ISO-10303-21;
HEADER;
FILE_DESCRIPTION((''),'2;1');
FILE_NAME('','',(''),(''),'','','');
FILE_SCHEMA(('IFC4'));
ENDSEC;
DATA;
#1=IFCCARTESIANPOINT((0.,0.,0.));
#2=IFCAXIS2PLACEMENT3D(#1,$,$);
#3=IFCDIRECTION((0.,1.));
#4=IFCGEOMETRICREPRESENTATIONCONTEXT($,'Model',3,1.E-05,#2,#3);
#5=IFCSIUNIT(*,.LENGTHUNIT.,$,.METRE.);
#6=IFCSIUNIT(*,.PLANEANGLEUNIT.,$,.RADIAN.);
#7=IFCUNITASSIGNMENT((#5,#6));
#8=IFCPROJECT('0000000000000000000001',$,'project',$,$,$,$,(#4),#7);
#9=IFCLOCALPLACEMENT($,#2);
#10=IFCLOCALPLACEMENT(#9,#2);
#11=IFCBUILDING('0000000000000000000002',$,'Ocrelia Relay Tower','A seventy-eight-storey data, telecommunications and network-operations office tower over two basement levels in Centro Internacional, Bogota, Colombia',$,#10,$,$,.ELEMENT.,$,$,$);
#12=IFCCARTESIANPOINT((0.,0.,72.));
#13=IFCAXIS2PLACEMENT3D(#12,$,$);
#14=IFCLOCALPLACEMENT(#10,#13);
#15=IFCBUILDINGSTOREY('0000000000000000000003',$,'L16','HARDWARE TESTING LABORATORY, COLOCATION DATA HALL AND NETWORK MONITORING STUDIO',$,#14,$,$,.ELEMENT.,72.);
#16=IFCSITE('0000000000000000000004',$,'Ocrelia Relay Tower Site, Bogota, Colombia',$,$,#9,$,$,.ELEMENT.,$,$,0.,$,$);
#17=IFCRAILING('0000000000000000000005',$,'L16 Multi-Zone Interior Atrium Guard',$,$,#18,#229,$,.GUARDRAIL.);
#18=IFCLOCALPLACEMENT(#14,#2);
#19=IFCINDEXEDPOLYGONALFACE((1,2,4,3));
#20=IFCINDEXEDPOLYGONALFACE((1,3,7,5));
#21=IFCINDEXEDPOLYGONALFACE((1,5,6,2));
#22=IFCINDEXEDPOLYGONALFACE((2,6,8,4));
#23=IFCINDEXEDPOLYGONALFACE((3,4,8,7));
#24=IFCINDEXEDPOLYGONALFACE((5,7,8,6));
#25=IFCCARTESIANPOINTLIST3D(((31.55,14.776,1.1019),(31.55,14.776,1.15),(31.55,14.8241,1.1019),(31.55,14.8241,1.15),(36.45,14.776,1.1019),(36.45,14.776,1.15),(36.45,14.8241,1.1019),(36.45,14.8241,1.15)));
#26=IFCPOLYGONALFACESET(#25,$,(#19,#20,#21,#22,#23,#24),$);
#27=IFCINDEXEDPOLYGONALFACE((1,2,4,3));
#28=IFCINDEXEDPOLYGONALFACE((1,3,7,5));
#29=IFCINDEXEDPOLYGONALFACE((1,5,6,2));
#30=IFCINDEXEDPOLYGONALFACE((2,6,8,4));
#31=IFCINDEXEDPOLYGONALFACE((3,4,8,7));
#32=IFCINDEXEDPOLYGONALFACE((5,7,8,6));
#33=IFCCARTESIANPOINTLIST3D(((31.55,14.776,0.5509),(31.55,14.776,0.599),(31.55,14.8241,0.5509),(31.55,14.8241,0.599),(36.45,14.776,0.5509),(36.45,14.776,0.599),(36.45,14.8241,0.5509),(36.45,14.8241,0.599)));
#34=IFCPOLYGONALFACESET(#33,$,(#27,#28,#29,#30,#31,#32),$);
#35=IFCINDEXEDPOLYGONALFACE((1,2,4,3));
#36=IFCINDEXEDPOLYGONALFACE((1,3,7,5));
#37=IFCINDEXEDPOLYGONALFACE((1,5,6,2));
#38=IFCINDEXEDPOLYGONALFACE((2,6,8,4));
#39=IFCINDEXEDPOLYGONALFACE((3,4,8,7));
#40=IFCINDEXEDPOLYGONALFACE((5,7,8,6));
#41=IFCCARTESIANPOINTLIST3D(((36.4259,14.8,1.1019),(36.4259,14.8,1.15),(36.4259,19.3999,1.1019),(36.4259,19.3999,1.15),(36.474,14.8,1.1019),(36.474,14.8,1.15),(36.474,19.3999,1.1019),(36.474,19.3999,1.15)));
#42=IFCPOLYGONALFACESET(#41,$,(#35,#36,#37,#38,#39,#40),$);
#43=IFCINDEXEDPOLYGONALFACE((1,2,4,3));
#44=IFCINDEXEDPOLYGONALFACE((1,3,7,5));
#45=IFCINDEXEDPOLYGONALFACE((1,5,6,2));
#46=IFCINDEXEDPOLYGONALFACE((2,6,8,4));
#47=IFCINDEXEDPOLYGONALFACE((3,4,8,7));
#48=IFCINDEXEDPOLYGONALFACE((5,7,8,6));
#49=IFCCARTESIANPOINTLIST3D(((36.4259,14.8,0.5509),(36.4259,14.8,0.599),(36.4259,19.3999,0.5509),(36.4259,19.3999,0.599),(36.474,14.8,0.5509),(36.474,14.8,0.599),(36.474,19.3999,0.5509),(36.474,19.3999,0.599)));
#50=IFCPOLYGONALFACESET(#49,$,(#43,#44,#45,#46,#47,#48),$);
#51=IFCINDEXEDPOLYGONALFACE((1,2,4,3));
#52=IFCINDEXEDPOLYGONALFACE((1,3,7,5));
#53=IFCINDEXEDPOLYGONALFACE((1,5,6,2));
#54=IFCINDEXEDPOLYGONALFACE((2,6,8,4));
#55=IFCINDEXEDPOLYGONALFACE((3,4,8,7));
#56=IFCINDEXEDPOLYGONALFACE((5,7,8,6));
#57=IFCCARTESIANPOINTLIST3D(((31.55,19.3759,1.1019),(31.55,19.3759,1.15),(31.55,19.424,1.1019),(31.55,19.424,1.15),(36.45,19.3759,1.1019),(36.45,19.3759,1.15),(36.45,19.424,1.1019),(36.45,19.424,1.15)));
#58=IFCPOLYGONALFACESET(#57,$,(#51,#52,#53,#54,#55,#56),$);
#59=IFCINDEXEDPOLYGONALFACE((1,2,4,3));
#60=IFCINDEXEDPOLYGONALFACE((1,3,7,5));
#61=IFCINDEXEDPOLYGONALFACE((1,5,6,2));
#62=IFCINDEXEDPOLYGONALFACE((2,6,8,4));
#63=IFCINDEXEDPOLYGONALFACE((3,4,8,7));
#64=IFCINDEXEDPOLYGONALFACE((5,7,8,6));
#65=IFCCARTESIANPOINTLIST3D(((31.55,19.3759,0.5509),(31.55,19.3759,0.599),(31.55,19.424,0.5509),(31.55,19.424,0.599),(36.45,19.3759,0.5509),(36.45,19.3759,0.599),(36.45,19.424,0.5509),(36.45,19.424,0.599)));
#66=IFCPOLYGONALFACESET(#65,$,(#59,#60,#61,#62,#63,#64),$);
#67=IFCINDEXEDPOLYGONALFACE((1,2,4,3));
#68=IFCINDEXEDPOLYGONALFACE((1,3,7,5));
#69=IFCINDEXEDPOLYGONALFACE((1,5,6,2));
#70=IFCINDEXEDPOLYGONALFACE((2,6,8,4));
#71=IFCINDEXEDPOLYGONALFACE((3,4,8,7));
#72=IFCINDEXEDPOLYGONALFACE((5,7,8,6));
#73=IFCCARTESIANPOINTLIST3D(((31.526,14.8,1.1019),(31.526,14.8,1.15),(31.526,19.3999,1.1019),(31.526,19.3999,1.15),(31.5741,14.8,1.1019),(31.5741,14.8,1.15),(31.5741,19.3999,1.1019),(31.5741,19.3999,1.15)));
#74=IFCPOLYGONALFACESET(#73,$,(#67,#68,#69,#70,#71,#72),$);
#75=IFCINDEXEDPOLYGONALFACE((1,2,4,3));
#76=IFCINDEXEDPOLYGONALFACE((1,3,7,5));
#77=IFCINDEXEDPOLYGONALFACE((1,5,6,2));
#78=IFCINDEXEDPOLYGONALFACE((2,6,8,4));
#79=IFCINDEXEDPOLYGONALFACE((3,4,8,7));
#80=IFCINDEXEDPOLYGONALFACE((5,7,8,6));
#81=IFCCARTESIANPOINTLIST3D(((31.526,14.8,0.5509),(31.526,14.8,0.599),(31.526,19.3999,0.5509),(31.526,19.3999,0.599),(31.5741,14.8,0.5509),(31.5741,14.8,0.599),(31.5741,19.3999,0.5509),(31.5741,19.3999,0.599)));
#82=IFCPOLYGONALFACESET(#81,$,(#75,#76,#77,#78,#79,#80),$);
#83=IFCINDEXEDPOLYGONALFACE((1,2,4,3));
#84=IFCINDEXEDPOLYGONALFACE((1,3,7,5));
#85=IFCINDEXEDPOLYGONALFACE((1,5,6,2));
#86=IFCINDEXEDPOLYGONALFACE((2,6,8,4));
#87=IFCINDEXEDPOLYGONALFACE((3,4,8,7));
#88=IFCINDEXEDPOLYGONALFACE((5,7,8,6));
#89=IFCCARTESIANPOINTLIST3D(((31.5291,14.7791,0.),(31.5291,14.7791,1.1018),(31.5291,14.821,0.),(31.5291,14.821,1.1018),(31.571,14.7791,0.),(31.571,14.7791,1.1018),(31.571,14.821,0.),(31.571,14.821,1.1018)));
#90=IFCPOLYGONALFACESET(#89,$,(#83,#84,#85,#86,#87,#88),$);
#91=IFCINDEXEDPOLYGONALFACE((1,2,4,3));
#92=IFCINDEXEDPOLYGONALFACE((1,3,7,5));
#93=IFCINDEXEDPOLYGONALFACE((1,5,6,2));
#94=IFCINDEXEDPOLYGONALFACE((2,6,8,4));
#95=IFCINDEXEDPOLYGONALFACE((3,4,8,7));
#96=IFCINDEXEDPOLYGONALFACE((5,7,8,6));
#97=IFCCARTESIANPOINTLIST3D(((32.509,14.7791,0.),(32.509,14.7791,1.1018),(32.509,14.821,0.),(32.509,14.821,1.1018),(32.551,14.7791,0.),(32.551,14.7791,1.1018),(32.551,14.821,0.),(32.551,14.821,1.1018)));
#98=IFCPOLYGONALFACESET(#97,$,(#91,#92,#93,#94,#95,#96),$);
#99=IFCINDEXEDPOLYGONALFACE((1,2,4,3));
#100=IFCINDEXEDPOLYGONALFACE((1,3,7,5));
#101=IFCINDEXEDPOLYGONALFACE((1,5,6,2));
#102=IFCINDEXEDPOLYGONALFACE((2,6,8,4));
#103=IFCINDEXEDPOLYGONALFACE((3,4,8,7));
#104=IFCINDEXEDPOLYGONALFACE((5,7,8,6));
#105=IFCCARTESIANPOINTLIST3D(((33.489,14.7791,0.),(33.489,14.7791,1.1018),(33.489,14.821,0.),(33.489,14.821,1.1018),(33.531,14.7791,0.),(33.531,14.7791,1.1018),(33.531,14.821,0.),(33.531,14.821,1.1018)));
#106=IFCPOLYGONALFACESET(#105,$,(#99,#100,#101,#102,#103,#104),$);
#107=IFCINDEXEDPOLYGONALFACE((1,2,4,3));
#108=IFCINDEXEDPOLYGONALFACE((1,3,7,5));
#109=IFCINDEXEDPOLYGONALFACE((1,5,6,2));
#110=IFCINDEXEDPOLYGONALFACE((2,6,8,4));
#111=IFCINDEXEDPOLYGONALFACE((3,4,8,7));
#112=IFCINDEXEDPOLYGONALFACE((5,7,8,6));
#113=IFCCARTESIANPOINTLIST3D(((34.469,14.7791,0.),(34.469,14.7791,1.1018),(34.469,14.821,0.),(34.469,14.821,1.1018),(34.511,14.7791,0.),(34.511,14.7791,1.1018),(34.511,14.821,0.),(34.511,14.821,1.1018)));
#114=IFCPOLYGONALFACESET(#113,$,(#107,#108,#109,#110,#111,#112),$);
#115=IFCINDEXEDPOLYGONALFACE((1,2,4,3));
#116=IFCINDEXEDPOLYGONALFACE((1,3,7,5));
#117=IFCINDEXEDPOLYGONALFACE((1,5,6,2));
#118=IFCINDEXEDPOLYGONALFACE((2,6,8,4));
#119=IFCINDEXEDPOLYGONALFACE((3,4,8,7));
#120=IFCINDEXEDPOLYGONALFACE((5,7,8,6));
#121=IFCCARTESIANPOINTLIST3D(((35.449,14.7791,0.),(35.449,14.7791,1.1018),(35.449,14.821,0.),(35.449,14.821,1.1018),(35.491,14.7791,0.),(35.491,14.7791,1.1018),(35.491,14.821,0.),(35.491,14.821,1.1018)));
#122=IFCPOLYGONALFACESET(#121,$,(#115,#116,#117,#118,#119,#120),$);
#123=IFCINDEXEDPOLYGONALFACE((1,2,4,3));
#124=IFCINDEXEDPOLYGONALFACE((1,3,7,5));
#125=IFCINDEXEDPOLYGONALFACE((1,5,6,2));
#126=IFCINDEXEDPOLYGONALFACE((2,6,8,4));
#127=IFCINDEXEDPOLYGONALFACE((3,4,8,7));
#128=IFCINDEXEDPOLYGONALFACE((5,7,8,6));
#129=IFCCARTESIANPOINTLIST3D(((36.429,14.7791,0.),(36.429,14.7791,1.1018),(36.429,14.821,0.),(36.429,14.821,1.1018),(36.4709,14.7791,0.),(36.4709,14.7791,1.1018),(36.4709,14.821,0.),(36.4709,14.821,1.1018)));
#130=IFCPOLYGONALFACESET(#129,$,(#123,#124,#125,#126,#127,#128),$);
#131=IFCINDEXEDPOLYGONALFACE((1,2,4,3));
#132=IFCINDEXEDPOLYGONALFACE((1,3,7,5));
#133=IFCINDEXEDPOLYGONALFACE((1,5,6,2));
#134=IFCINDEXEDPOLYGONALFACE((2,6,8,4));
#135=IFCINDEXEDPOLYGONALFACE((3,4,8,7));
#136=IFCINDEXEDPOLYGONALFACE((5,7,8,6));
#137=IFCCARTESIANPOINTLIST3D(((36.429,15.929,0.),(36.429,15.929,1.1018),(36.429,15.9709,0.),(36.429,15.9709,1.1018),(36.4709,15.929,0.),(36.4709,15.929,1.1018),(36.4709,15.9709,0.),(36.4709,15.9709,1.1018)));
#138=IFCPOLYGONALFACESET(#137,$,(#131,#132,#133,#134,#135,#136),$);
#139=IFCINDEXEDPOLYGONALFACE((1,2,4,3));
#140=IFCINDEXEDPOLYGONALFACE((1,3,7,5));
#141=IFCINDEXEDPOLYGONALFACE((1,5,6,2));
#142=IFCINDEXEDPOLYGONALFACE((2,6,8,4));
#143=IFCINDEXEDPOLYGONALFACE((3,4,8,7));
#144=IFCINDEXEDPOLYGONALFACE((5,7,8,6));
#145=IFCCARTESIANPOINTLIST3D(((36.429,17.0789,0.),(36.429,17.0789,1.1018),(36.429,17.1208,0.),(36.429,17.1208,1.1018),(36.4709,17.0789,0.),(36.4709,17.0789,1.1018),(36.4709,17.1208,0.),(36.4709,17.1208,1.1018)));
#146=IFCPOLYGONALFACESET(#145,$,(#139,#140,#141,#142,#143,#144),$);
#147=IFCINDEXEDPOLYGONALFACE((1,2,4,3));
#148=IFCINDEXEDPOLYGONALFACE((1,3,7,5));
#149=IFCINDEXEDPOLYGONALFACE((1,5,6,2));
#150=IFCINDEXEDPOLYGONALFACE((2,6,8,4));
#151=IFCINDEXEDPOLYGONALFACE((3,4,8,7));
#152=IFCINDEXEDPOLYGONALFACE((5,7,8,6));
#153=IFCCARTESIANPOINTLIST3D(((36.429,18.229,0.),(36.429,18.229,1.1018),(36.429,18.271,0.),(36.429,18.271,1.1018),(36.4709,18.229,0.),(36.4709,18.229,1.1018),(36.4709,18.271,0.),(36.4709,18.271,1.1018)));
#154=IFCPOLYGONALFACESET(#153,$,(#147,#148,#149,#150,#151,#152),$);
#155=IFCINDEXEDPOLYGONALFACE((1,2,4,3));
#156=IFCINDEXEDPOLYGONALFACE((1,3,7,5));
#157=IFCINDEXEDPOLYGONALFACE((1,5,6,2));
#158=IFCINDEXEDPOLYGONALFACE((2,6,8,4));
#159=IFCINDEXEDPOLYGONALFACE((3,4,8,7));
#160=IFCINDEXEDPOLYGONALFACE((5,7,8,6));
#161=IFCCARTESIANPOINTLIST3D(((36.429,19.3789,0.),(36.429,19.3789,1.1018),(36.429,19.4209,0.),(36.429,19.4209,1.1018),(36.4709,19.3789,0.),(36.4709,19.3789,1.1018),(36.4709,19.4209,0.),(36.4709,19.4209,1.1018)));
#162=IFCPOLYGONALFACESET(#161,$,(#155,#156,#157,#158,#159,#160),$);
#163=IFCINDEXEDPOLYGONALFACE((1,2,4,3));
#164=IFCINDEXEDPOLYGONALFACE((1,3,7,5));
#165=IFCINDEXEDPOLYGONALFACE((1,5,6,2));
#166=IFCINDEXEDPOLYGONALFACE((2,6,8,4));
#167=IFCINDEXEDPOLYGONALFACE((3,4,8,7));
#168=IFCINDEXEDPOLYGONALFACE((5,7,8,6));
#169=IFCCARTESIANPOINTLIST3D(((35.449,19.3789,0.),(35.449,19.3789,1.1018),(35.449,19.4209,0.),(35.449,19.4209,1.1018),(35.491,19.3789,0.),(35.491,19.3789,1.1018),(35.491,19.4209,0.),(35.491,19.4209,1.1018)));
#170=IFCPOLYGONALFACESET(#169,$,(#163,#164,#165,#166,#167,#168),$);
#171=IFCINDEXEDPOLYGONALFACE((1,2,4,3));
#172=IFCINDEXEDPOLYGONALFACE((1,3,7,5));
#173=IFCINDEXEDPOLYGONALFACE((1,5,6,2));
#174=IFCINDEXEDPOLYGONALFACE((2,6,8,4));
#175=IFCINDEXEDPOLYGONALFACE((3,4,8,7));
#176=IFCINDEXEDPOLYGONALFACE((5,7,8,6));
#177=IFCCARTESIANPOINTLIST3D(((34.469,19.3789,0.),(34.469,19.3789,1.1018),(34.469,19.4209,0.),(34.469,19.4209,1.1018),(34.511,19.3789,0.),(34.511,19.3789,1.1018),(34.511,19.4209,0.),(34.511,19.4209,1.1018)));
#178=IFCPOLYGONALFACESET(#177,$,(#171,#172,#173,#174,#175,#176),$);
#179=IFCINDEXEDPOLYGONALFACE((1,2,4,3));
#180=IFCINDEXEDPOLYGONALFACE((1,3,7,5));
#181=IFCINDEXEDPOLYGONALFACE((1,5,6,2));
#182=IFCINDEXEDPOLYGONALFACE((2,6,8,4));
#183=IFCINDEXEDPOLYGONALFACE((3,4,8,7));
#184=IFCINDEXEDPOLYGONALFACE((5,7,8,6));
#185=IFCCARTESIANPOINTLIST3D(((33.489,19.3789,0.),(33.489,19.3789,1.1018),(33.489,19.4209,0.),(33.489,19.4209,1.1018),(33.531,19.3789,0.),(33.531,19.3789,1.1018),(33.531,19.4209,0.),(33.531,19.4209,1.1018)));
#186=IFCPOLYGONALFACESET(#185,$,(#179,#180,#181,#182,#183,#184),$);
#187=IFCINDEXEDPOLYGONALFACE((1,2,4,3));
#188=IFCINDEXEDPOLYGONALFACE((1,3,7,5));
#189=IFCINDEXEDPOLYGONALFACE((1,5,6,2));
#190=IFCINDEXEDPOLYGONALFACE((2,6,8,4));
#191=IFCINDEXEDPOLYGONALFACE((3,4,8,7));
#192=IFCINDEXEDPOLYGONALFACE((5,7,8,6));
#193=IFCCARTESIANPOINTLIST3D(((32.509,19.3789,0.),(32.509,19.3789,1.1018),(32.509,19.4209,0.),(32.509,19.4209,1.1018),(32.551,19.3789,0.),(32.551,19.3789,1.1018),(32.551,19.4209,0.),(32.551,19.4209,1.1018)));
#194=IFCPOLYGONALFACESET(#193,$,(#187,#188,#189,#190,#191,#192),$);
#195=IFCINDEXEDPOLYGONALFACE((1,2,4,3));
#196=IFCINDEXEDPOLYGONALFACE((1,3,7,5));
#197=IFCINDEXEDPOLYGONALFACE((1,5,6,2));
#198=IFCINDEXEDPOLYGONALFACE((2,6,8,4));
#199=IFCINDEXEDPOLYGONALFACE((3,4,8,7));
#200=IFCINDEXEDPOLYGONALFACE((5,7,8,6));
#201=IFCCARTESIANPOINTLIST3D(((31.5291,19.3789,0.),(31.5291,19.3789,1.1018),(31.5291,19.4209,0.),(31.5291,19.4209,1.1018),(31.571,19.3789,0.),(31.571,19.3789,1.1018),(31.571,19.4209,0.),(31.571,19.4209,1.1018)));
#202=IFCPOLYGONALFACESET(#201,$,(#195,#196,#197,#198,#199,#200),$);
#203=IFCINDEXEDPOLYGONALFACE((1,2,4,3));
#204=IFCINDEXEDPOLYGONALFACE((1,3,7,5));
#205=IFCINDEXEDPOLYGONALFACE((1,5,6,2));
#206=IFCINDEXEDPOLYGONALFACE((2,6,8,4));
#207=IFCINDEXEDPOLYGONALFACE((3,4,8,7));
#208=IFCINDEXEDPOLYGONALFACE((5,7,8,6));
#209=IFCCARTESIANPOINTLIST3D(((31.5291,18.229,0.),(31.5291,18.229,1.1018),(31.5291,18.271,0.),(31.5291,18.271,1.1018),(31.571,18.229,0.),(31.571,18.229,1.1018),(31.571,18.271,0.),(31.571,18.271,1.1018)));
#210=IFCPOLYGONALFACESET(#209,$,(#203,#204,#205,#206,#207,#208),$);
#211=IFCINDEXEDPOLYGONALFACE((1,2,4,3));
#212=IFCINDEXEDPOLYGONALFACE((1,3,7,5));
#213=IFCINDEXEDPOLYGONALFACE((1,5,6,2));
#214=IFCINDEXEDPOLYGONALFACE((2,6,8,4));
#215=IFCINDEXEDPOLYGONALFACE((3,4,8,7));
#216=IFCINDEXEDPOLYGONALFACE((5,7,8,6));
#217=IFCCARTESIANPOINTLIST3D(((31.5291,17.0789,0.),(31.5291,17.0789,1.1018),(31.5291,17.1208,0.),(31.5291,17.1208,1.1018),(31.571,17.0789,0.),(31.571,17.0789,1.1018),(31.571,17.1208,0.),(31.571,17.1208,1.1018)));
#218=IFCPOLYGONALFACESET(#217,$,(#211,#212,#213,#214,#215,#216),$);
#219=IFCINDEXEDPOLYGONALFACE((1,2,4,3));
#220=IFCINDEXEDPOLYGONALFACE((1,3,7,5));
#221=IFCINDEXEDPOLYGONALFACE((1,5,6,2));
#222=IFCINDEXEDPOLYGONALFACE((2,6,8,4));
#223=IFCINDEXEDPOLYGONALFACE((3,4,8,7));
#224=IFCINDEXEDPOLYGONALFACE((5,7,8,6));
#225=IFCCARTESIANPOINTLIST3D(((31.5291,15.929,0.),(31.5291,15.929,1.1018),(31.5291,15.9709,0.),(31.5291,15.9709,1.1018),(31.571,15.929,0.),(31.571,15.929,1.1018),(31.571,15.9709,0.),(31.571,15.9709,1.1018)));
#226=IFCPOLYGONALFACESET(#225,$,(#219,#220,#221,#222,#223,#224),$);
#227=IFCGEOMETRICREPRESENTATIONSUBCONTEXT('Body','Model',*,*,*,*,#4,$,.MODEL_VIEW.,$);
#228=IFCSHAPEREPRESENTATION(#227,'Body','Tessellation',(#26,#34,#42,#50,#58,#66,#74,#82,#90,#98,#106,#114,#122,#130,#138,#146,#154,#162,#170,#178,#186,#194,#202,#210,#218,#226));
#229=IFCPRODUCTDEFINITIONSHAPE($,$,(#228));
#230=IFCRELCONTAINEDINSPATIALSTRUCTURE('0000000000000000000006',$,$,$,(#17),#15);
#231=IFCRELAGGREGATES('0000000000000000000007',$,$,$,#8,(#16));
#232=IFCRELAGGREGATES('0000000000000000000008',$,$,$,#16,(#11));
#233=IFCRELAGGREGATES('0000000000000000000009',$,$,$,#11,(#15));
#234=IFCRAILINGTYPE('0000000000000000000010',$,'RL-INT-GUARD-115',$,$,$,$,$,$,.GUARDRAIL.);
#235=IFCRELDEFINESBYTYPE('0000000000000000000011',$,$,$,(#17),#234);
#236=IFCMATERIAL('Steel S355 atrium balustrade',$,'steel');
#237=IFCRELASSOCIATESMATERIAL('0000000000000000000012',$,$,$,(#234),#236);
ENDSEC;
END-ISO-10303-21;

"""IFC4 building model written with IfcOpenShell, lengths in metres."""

from ifc_helpers import new_model, si_unit, direction, frame, origin, origin_2d, place, context, subcontext, project, spatial, rectangle, extrude, material, type_object, element, save


model = new_model("IFC4")

# Units and contexts
model_context = context("Model", 3, precision=1e-05, world=origin(), true_north=direction((0.0, 1.0)))
body_context = subcontext(model_context, "Body", "Model", "MODEL_VIEW")
ifc_project = project(units=[si_unit("LENGTHUNIT", "METRE"), si_unit("PLANEANGLEUNIT", "RADIAN")], contexts=[model_context])

# Site, building, storey
site_placement = place(None, origin())
site = spatial("IfcSite", under=ifc_project, at=site_placement, Name="Ocrelia Relay Tower Site, Bogota, Colombia", CompositionType="ELEMENT", RefElevation=0.0)
building_placement = place(site_placement, origin())
building = spatial("IfcBuilding", under=site, at=building_placement, Name="Ocrelia Relay Tower", Description="A seventy-eight-storey data, telecommunications and network-operations office tower over two basement levels in Centro Internacional, Bogota, Colombia", CompositionType="ELEMENT")
storey_placement = place(building_placement, frame((0.0, 0.0, 72.0)))
storey = spatial("IfcBuildingStorey", under=building, at=storey_placement, Name="L16", Description="HARDWARE TESTING LABORATORY, COLOCATION DATA HALL AND NETWORK MONITORING STUDIO", CompositionType="ELEMENT", Elevation=72.0)

# Railing
ifc_material_1 = material(Name="Steel S355 atrium balustrade", Category="steel")
railing_type = type_object("IfcRailingType", Name="RL-INT-GUARD-115", PredefinedType="GUARDRAIL", material=ifc_material_1)
railing_placement = place(storey_placement, frame((31.55, 14.8, 0.0)))
element("IfcRailing", 1, at=railing_placement, inside=storey, type_object=railing_type, Name="L16 Multi-Zone Interior Atrium Guard", PredefinedType="GUARDRAIL", context=body_context, shape_type="SweptSolid", body=[
    extrude(rectangle(XDim=0.0481, YDim=0.0481, at=origin_2d()), frame((0.0, 0.0, 1.126), z_axis=(1.0, 0.0, 0.0), x_axis=(0.0, 1.0, 0.0)), (0.0, 0.0, 1.0), 4.8999),
    extrude(rectangle(XDim=0.0481, YDim=0.0481, at=origin_2d()), frame((0.0, 0.0, 0.575), z_axis=(1.0, 0.0, 0.0), x_axis=(0.0, 1.0, 0.0)), (0.0, 0.0, 1.0), 4.8999),
    extrude(rectangle(XDim=0.0481, YDim=0.0481, at=origin_2d()), frame((4.8999, 0.0, 1.126), z_axis=(0.0, 1.0, 0.0), x_axis=(-1.0, 0.0, 0.0)), (0.0, 0.0, 1.0), 4.5999),
    extrude(rectangle(XDim=0.0481, YDim=0.0481, at=origin_2d()), frame((4.8999, 0.0, 0.575), z_axis=(0.0, 1.0, 0.0), x_axis=(-1.0, 0.0, 0.0)), (0.0, 0.0, 1.0), 4.5999),
    extrude(rectangle(XDim=0.0481, YDim=0.0481, at=origin_2d()), frame((4.8999, 4.5999, 1.126), z_axis=(-1.0, 0.0, 0.0), x_axis=(0.0, -1.0, 0.0)), (0.0, 0.0, 1.0), 4.8999),
    extrude(rectangle(XDim=0.0481, YDim=0.0481, at=origin_2d()), frame((4.8999, 4.5999, 0.575), z_axis=(-1.0, 0.0, 0.0), x_axis=(0.0, -1.0, 0.0)), (0.0, 0.0, 1.0), 4.8999),
    extrude(rectangle(XDim=0.0481, YDim=0.0481, at=origin_2d()), frame((0.0, 4.5999, 1.126), z_axis=(0.0, -1.0, 0.0), x_axis=(1.0, 0.0, 0.0)), (0.0, 0.0, 1.0), 4.5999),
    extrude(rectangle(XDim=0.0481, YDim=0.0481, at=origin_2d()), frame((0.0, 4.5999, 0.575), z_axis=(0.0, -1.0, 0.0), x_axis=(1.0, 0.0, 0.0)), (0.0, 0.0, 1.0), 4.5999),
    extrude(rectangle(XDim=0.042, YDim=0.042, at=origin_2d()), origin(), (0.0, 0.0, 1.0), 1.1018),
    extrude(rectangle(XDim=0.042, YDim=0.042, at=origin_2d()), frame((0.98, 0.0, 0.0)), (0.0, 0.0, 1.0), 1.1018),
    extrude(rectangle(XDim=0.042, YDim=0.042, at=origin_2d()), frame((1.96, 0.0, 0.0)), (0.0, 0.0, 1.0), 1.1018),
    extrude(rectangle(XDim=0.042, YDim=0.042, at=origin_2d()), frame((2.9399, 0.0, 0.0)), (0.0, 0.0, 1.0), 1.1018),
    extrude(rectangle(XDim=0.042, YDim=0.042, at=origin_2d()), frame((3.9199, 0.0, 0.0)), (0.0, 0.0, 1.0), 1.1018),
    extrude(rectangle(XDim=0.042, YDim=0.042, at=origin_2d()), frame((4.8999, 0.0, 0.0)), (0.0, 0.0, 1.0), 1.1018),
    extrude(rectangle(XDim=0.042, YDim=0.042, at=origin_2d()), frame((4.8999, 1.1499, 0.0)), (0.0, 0.0, 1.0), 1.1018),
    extrude(rectangle(XDim=0.042, YDim=0.042, at=origin_2d()), frame((4.8999, 2.2998, 0.0)), (0.0, 0.0, 1.0), 1.1018),
    extrude(rectangle(XDim=0.042, YDim=0.042, at=origin_2d()), frame((4.8999, 3.45, 0.0)), (0.0, 0.0, 1.0), 1.1018),
    extrude(rectangle(XDim=0.042, YDim=0.042, at=origin_2d()), frame((4.8999, 4.5999, 0.0)), (0.0, 0.0, 1.0), 1.1018),
    extrude(rectangle(XDim=0.042, YDim=0.042, at=origin_2d()), frame((3.9199, 4.5999, 0.0)), (0.0, 0.0, 1.0), 1.1018),
    extrude(rectangle(XDim=0.042, YDim=0.042, at=origin_2d()), frame((2.9399, 4.5999, 0.0)), (0.0, 0.0, 1.0), 1.1018),
    extrude(rectangle(XDim=0.042, YDim=0.042, at=origin_2d()), frame((1.96, 4.5999, 0.0)), (0.0, 0.0, 1.0), 1.1018),
    extrude(rectangle(XDim=0.042, YDim=0.042, at=origin_2d()), frame((0.98, 4.5999, 0.0)), (0.0, 0.0, 1.0), 1.1018),
    extrude(rectangle(XDim=0.042, YDim=0.042, at=origin_2d()), frame((0.0, 4.5999, 0.0)), (0.0, 0.0, 1.0), 1.1018),
    extrude(rectangle(XDim=0.042, YDim=0.042, at=origin_2d()), frame((0.0, 3.45, 0.0)), (0.0, 0.0, 1.0), 1.1018),
    extrude(rectangle(XDim=0.042, YDim=0.042, at=origin_2d()), frame((0.0, 2.2998, 0.0)), (0.0, 0.0, 1.0), 1.1018),
    extrude(rectangle(XDim=0.042, YDim=0.042, at=origin_2d()), frame((0.0, 1.1499, 0.0)), (0.0, 0.0, 1.0), 1.1018),
])

save(model, "model.ifc")
